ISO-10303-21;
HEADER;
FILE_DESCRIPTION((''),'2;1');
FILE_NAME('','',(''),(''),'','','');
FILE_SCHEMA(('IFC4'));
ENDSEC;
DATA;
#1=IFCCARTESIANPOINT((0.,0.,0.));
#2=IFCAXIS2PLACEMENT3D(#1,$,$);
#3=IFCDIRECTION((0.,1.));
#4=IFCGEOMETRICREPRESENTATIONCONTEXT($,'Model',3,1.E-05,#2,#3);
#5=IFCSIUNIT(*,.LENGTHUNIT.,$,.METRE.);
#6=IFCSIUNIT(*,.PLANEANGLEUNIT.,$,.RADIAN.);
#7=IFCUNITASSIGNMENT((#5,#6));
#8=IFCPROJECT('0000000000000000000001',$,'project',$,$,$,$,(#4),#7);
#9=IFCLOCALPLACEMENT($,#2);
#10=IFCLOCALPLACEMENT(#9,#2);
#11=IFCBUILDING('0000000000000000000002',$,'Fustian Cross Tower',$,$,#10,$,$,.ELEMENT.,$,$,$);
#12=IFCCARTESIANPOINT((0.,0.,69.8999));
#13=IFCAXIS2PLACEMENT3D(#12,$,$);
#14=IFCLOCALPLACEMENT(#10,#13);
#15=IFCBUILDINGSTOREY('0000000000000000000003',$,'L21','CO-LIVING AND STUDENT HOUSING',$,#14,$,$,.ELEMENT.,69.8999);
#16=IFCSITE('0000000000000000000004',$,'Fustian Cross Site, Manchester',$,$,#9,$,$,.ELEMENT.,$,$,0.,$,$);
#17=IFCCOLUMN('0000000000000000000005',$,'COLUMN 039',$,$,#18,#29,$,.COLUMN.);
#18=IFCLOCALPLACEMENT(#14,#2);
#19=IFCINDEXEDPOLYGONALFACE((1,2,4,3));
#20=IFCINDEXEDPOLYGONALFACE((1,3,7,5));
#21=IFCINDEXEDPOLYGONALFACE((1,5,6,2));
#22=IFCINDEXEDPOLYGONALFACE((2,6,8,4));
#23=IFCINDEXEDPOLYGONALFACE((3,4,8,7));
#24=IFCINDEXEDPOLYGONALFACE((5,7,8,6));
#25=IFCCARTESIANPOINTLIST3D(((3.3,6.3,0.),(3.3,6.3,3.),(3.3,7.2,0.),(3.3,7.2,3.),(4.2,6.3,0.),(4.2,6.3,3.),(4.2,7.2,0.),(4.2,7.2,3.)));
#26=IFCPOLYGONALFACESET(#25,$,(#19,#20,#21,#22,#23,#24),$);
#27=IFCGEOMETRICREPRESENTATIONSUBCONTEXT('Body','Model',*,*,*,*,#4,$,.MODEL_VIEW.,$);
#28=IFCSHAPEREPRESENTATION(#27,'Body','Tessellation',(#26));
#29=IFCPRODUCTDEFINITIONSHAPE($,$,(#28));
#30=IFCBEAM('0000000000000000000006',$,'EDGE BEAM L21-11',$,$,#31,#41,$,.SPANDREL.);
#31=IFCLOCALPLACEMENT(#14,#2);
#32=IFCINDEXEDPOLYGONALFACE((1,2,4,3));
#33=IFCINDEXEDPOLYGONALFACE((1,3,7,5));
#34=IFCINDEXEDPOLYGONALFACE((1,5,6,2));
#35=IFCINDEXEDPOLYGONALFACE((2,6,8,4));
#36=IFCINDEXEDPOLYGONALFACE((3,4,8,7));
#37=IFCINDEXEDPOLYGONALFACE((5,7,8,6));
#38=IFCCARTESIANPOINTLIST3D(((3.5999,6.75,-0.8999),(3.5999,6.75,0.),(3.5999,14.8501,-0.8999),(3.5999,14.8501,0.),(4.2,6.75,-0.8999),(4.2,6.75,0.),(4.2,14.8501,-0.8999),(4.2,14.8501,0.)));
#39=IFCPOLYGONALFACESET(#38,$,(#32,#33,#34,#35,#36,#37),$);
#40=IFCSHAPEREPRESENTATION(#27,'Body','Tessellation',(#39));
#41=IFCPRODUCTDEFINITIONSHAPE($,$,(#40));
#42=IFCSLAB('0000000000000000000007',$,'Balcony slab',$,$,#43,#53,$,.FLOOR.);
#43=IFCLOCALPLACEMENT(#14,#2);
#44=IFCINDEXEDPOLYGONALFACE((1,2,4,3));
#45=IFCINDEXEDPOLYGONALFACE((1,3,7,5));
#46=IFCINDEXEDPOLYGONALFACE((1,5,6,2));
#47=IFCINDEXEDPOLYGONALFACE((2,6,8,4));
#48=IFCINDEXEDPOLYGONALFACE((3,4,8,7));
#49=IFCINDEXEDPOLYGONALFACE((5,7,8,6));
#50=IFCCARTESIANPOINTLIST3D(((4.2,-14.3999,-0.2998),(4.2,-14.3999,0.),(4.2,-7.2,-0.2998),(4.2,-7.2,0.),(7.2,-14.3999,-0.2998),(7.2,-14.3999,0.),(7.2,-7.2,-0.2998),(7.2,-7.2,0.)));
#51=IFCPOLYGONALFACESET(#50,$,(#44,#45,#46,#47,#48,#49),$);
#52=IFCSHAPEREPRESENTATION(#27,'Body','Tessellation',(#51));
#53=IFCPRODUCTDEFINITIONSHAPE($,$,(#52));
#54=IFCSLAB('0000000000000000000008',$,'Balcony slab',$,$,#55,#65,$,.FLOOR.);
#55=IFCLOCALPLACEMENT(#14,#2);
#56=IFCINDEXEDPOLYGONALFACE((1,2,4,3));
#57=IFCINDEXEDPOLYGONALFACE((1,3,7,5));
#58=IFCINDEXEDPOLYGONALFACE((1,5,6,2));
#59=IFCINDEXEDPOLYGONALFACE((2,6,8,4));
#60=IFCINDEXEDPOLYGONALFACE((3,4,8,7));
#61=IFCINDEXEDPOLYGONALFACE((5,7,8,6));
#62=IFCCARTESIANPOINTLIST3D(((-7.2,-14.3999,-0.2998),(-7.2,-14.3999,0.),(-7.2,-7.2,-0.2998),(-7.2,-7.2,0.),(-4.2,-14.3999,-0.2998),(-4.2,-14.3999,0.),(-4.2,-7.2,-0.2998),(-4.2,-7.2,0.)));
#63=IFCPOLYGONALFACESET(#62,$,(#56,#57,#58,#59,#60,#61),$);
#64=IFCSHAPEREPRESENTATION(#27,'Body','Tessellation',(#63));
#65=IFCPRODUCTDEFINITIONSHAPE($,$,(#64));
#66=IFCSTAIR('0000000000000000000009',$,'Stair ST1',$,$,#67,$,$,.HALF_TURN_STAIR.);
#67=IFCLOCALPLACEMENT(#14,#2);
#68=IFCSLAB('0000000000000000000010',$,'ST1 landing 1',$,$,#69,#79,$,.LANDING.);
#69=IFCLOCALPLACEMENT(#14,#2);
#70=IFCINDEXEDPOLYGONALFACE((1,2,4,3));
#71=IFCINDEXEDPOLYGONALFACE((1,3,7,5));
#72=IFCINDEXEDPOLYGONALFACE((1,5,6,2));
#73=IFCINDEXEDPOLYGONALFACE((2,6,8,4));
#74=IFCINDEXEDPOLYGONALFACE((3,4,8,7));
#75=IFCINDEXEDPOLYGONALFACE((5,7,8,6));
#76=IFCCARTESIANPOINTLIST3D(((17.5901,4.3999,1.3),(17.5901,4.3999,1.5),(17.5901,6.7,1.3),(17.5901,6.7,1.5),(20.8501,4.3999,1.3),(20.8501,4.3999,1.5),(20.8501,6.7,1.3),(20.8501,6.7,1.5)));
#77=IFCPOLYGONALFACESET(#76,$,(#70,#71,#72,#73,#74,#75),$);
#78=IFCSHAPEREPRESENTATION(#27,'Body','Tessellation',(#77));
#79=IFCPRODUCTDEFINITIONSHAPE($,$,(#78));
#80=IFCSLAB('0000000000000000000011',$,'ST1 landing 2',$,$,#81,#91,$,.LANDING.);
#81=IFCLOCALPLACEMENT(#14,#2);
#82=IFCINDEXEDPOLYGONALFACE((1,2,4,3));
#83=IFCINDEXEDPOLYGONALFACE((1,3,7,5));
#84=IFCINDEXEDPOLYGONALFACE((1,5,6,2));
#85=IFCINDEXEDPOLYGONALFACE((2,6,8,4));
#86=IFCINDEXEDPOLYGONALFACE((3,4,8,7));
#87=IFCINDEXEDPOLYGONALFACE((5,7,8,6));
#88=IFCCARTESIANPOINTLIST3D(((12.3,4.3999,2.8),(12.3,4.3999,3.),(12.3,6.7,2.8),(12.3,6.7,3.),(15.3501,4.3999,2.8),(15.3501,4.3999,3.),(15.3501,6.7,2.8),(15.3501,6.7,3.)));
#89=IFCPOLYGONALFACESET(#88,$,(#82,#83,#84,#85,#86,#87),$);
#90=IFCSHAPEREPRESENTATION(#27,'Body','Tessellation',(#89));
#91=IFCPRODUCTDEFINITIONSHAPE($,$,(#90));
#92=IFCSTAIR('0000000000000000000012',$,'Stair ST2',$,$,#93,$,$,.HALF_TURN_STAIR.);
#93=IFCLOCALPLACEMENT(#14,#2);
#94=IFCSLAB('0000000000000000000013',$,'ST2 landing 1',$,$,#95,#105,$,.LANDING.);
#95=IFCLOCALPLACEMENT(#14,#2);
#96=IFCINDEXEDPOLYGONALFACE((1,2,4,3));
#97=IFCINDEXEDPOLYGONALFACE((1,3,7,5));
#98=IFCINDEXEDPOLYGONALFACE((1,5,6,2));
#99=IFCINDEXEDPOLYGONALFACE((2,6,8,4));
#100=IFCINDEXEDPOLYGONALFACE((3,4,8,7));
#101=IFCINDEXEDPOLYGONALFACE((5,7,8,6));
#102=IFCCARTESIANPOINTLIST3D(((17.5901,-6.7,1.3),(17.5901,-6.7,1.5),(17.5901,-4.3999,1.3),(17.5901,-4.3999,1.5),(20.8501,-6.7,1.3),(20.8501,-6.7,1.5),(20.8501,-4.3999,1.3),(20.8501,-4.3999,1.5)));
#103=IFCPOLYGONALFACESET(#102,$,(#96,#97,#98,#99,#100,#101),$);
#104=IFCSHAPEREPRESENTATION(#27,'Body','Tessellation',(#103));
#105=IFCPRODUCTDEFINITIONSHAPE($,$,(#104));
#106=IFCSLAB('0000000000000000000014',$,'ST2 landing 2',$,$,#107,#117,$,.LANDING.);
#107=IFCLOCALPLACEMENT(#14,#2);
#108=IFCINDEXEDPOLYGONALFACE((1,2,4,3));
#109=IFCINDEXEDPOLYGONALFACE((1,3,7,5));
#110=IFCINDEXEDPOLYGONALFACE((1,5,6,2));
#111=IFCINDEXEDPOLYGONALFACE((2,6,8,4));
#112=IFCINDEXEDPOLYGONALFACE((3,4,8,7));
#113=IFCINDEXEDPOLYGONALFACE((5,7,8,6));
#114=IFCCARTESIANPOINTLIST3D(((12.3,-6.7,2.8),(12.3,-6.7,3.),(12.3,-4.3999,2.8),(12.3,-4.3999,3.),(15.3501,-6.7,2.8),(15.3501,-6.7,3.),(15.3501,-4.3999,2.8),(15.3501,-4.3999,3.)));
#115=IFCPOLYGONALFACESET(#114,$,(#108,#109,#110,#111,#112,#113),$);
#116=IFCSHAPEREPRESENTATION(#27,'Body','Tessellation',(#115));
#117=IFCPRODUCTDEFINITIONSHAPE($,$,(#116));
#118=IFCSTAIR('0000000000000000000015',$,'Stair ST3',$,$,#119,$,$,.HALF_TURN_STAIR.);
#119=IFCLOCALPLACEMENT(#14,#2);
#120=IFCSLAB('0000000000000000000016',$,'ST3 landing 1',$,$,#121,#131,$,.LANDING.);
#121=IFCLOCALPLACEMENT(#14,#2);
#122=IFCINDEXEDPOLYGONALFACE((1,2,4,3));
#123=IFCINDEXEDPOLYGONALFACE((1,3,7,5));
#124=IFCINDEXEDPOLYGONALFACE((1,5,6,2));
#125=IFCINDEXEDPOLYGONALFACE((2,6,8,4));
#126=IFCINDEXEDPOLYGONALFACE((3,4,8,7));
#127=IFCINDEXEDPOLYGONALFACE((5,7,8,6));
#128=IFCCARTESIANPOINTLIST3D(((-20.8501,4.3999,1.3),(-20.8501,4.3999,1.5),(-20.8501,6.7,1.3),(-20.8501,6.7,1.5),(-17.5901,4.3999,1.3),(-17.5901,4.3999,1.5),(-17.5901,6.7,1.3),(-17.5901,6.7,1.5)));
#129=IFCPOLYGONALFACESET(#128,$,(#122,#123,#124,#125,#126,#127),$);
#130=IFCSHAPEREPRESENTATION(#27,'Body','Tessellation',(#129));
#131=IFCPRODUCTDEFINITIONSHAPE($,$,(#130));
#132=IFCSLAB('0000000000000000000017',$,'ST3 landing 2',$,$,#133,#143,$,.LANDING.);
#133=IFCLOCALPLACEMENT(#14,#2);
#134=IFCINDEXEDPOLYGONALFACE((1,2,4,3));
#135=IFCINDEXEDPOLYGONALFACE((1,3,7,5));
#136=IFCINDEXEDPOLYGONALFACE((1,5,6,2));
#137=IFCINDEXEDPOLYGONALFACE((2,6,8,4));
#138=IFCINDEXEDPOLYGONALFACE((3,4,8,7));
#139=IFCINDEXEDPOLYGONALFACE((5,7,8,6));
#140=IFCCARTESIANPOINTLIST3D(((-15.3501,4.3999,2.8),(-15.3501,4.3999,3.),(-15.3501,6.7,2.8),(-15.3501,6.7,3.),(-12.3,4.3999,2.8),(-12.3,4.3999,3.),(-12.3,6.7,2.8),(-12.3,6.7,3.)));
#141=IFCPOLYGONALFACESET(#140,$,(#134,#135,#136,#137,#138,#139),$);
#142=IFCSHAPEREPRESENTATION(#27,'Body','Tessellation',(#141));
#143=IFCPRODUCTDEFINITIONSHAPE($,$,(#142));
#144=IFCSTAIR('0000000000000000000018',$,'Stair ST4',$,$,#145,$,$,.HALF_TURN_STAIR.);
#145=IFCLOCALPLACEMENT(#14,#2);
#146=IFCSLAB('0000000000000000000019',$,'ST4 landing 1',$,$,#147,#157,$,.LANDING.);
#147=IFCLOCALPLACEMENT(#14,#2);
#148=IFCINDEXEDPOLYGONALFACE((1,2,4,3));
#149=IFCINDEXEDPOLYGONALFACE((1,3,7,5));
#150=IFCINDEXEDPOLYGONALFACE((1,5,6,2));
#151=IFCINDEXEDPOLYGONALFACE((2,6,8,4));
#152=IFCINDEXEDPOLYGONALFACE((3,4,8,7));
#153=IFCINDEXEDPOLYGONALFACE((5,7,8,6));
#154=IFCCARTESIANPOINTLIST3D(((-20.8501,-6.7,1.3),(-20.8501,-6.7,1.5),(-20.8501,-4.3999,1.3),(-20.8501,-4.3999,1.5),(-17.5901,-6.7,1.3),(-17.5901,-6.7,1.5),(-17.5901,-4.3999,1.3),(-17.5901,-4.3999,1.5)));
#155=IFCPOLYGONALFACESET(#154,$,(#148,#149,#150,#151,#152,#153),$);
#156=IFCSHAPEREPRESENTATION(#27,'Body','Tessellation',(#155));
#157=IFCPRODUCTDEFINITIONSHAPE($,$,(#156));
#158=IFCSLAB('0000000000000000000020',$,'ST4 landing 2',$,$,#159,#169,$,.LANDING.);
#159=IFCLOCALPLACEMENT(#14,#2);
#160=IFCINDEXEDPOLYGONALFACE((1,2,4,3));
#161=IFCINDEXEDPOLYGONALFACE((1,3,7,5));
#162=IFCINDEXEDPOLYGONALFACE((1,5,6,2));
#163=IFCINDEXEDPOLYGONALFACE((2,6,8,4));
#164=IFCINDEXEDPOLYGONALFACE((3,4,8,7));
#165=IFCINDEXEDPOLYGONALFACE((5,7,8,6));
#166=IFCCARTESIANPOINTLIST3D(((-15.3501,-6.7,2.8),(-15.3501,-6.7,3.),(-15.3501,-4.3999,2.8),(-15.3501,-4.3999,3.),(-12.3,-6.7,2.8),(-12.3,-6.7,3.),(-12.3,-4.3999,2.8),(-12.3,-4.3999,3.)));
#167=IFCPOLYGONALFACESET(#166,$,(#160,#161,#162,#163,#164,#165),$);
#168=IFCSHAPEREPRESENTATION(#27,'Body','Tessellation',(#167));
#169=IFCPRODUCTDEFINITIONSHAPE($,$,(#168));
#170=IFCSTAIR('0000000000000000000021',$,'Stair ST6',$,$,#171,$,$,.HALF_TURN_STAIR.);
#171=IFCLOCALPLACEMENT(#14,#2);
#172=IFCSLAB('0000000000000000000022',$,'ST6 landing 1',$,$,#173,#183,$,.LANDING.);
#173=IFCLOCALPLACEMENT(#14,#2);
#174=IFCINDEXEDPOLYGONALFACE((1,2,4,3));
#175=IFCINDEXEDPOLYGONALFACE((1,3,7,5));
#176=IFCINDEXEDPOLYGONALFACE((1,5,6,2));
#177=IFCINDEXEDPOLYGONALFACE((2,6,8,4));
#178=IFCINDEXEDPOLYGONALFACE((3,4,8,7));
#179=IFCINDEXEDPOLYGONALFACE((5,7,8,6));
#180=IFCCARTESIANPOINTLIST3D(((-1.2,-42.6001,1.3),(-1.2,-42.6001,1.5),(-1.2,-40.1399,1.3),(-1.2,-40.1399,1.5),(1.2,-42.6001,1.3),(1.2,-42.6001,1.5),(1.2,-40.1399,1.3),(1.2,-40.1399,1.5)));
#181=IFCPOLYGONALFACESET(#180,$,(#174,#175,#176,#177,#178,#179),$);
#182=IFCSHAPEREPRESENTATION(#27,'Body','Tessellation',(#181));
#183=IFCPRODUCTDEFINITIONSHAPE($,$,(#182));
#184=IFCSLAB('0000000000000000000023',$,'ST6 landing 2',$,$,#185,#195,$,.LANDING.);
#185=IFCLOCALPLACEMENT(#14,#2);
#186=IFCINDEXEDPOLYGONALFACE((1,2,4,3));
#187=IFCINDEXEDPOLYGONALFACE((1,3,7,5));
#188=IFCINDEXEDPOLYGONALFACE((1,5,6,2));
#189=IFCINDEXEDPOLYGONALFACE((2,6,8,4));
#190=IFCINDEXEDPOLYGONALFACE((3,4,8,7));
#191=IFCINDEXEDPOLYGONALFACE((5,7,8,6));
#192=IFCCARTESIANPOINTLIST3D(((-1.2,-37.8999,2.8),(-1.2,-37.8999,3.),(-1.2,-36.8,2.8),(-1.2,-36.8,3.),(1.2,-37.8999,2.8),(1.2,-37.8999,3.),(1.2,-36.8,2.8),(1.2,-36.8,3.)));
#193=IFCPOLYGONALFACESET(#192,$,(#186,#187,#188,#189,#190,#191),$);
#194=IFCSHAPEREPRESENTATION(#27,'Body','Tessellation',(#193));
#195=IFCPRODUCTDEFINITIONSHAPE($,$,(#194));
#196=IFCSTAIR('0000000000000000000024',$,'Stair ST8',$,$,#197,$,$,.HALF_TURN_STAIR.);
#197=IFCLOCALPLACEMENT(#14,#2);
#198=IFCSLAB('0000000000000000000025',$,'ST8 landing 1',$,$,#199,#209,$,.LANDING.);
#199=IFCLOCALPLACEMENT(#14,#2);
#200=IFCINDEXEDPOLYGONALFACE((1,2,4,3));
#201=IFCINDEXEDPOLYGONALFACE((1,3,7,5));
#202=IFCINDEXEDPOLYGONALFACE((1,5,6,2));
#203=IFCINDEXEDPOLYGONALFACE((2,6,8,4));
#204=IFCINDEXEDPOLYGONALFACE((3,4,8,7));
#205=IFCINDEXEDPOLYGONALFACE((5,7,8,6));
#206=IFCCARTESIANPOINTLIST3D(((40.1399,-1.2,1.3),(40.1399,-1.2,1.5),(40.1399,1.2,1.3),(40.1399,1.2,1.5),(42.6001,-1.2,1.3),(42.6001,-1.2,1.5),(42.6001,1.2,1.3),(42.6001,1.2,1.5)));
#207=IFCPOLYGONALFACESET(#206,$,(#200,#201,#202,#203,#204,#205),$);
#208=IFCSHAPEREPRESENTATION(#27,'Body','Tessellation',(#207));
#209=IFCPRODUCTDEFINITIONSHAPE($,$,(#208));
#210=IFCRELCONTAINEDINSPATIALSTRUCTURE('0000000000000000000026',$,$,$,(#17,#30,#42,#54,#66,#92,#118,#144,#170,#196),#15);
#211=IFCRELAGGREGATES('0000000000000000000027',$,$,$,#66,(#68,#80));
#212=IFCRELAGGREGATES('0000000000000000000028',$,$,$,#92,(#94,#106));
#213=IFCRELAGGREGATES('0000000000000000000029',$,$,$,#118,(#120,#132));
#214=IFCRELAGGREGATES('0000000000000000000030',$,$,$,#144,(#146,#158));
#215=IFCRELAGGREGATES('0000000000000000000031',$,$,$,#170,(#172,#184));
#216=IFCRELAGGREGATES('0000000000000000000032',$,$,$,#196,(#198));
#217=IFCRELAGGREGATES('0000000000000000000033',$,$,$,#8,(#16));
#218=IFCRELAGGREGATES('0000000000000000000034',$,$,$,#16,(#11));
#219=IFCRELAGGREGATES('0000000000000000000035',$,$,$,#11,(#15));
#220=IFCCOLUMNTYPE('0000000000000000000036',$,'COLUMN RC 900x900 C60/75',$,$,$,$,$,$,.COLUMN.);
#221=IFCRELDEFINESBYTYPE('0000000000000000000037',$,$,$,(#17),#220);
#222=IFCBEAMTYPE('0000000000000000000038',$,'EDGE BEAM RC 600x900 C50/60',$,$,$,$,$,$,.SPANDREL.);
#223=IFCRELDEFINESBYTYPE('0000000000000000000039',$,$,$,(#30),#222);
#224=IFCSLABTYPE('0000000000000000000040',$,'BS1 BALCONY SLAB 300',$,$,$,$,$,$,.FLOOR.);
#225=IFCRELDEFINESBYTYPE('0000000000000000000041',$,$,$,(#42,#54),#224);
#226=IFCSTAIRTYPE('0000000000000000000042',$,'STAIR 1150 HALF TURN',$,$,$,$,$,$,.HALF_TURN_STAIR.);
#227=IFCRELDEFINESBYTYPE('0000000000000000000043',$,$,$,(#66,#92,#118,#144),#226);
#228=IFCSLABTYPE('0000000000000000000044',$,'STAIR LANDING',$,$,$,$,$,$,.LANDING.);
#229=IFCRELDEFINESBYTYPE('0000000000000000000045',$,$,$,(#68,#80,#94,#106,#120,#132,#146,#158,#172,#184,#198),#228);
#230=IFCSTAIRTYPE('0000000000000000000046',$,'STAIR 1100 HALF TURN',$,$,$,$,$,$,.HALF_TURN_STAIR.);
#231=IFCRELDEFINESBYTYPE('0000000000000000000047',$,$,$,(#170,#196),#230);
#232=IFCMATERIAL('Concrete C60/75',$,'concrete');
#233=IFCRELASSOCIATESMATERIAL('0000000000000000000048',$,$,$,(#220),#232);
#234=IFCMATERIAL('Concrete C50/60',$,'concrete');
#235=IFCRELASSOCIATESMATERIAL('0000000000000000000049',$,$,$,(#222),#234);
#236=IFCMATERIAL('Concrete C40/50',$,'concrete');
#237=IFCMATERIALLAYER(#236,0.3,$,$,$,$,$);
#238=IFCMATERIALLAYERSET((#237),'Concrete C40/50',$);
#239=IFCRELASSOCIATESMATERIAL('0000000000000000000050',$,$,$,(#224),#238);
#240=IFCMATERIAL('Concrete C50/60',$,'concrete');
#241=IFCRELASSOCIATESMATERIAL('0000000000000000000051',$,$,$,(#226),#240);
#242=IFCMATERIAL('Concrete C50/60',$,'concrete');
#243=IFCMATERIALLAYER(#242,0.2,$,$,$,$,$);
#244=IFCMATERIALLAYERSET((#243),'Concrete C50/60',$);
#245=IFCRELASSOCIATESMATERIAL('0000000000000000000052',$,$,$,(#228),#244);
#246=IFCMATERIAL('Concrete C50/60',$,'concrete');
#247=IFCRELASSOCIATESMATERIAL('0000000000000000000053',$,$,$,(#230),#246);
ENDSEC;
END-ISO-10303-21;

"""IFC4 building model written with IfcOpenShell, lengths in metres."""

from ifc_helpers import new_model, si_unit, direction, frame, origin, origin_2d, place, context, subcontext, project, spatial, polyline, rectangle, outline, extrude, material, layer, layer_set, material_profile, profile_set, type_object, element, aggregate, save


model = new_model("IFC4")

# Units and contexts
model_context = context("Model", 3, precision=1e-05, world=origin(), true_north=direction((0.0, 1.0)))
body_context = subcontext(model_context, "Body", "Model", "MODEL_VIEW")
ifc_project = project(units=[si_unit("LENGTHUNIT", "METRE"), si_unit("PLANEANGLEUNIT", "RADIAN")], contexts=[model_context])

# Site, building, storey
site_placement = place(None, origin())
site = spatial("IfcSite", under=ifc_project, at=site_placement, Name="Fustian Cross Site, Manchester", CompositionType="ELEMENT", RefElevation=0.0)
building_placement = place(site_placement, origin())
building = spatial("IfcBuilding", under=site, at=building_placement, Name="Fustian Cross Tower", CompositionType="ELEMENT")
storey_placement = place(building_placement, frame((0.0, 0.0, 69.8999)))
storey = spatial("IfcBuildingStorey", under=building, at=storey_placement, Name="L21", Description="CO-LIVING AND STUDENT HOUSING", CompositionType="ELEMENT", Elevation=69.8999)

# Column
ifc_material_1 = material(Name="Concrete C60/75", Category="concrete")
ifc_material_profile_1 = material_profile(ifc_material_1, rectangle(XDim=0.8999, YDim=0.8999, at=origin_2d()), Name="RC 900x900")
ifc_profile_set_1 = profile_set([ifc_material_profile_1], Name="Concrete C60/75")
column_type = type_object("IfcColumnType", Name="COLUMN RC 900x900 C60/75", PredefinedType="COLUMN", material=ifc_profile_set_1)
column_placement = place(storey_placement, frame((3.75, 6.75, 0.0), z_axis=(0.0, 0.0, 1.0), x_axis=(1.0, 0.0, 0.0)))
element("IfcColumn", 1, at=column_placement, inside=storey, type_object=column_type, Name="COLUMN 039", PredefinedType="COLUMN", context=body_context, shape_type="SweptSolid", body=[
    extrude(rectangle(XDim=0.8999, YDim=0.8999, at=origin_2d()), origin(), (0.0, 0.0, 1.0), 3.0),
])

# Beam
ifc_material_2 = material(Name="Concrete C50/60", Category="concrete")
ifc_material_profile_2 = material_profile(ifc_material_2, rectangle(XDim=0.6001, YDim=0.8999, at=origin_2d()), Name="RC 600x900")
ifc_profile_set_2 = profile_set([ifc_material_profile_2], Name="Concrete C50/60")
beam_type = type_object("IfcBeamType", Name="EDGE BEAM RC 600x900 C50/60", PredefinedType="SPANDREL", material=ifc_profile_set_2)
beam_placement = place(storey_placement, frame((3.8999, 6.75, -0.45), z_axis=(0.0, 1.0, 0.0), x_axis=(-1.0, 0.0, 0.0)))
element("IfcBeam", 2, at=beam_placement, inside=storey, type_object=beam_type, Name="EDGE BEAM L21-11", PredefinedType="SPANDREL", context=body_context, shape_type="SweptSolid", body=[
    extrude(rectangle(XDim=0.6001, YDim=0.8999, at=origin_2d()), origin(), (0.0, 0.0, 1.0), 8.1001),
])

# Slabs
ifc_material_3 = material(Name="Concrete C40/50", Category="concrete")
ifc_layer_1 = layer(ifc_material_3, 0.3)
ifc_layer_set_1 = layer_set([ifc_layer_1], Name="Concrete C40/50")
slab_type_1 = type_object("IfcSlabType", Name="BS1 BALCONY SLAB 300", PredefinedType="FLOOR", material=ifc_layer_set_1)
slab_1_placement = place(storey_placement, frame((0.0, 0.0, -0.2998)))
element("IfcSlab", 3, at=slab_1_placement, inside=storey, type_object=slab_type_1, Name="Balcony slab", PredefinedType="FLOOR", context=body_context, shape_type="SweptSolid", body=[
    extrude(outline(polyline([(4.2, -14.3999), (7.2, -14.3999), (7.2, -7.2), (4.2, -7.2), (4.2, -14.3999)])), origin(), (0.0, 0.0, 1.0), 0.2998),
])
slab_2_placement = place(storey_placement, frame((0.0, 0.0, -0.2998)))
element("IfcSlab", 4, at=slab_2_placement, inside=storey, type_object=slab_type_1, Name="Balcony slab", PredefinedType="FLOOR", context=body_context, shape_type="SweptSolid", body=[
    extrude(outline(polyline([(-7.2, -14.3999), (-4.2, -14.3999), (-4.2, -7.2), (-7.2, -7.2), (-7.2, -14.3999)])), origin(), (0.0, 0.0, 1.0), 0.2998),
])

# Stairs, slabs
ifc_material_4 = material(Name="Concrete C50/60", Category="concrete")
stair_type_1 = type_object("IfcStairType", Name="STAIR 1150 HALF TURN", PredefinedType="HALF_TURN_STAIR", material=ifc_material_4)
stair_1_placement = place(storey_placement, origin())
stair_1 = element("IfcStair", 5, at=stair_1_placement, inside=storey, type_object=stair_type_1, Name="Stair ST1", PredefinedType="HALF_TURN_STAIR")
ifc_material_5 = material(Name="Concrete C50/60", Category="concrete")
ifc_layer_2 = layer(ifc_material_5, 0.2)
ifc_layer_set_2 = layer_set([ifc_layer_2], Name="Concrete C50/60")
slab_type_2 = type_object("IfcSlabType", Name="STAIR LANDING", PredefinedType="LANDING", material=ifc_layer_set_2)
slab_3_placement = place(storey_placement, frame((0.0, 0.0, 1.3)))
slab_3 = element("IfcSlab", 6, at=slab_3_placement, type_object=slab_type_2, Name="ST1 landing 1", PredefinedType="LANDING", context=body_context, shape_type="SweptSolid", body=[
    extrude(outline(polyline([(17.5901, 4.3999), (20.8501, 4.3999), (20.8501, 6.7), (17.5901, 6.7), (17.5901, 4.3999)])), origin(), (0.0, 0.0, 1.0), 0.2),
])
slab_4_placement = place(storey_placement, frame((0.0, 0.0, 2.8)))
slab_4 = element("IfcSlab", 7, at=slab_4_placement, type_object=slab_type_2, Name="ST1 landing 2", PredefinedType="LANDING", context=body_context, shape_type="SweptSolid", body=[
    extrude(outline(polyline([(12.3, 4.3999), (15.3501, 4.3999), (15.3501, 6.7), (12.3, 6.7), (12.3, 4.3999)])), origin(), (0.0, 0.0, 1.0), 0.2),
])
aggregate(stair_1, [slab_3, slab_4])
stair_2_placement = place(storey_placement, origin())
stair_2 = element("IfcStair", 8, at=stair_2_placement, inside=storey, type_object=stair_type_1, Name="Stair ST2", PredefinedType="HALF_TURN_STAIR")
slab_5_placement = place(storey_placement, frame((0.0, 0.0, 1.3)))
slab_5 = element("IfcSlab", 9, at=slab_5_placement, type_object=slab_type_2, Name="ST2 landing 1", PredefinedType="LANDING", context=body_context, shape_type="SweptSolid", body=[
    extrude(outline(polyline([(17.5901, -4.3999), (20.8501, -4.3999), (20.8501, -6.7), (17.5901, -6.7), (17.5901, -4.3999)])), origin(), (0.0, 0.0, 1.0), 0.2),
])
slab_6_placement = place(storey_placement, frame((0.0, 0.0, 2.8)))
slab_6 = element("IfcSlab", 10, at=slab_6_placement, type_object=slab_type_2, Name="ST2 landing 2", PredefinedType="LANDING", context=body_context, shape_type="SweptSolid", body=[
    extrude(outline(polyline([(12.3, -4.3999), (15.3501, -4.3999), (15.3501, -6.7), (12.3, -6.7), (12.3, -4.3999)])), origin(), (0.0, 0.0, 1.0), 0.2),
])
aggregate(stair_2, [slab_5, slab_6])
stair_3_placement = place(storey_placement, origin())
stair_3 = element("IfcStair", 11, at=stair_3_placement, inside=storey, type_object=stair_type_1, Name="Stair ST3", PredefinedType="HALF_TURN_STAIR")
slab_7_placement = place(storey_placement, frame((0.0, 0.0, 1.3)))
slab_7 = element("IfcSlab", 12, at=slab_7_placement, type_object=slab_type_2, Name="ST3 landing 1", PredefinedType="LANDING", context=body_context, shape_type="SweptSolid", body=[
    extrude(outline(polyline([(-17.5901, 4.3999), (-20.8501, 4.3999), (-20.8501, 6.7), (-17.5901, 6.7), (-17.5901, 4.3999)])), origin(), (0.0, 0.0, 1.0), 0.2),
])
slab_8_placement = place(storey_placement, frame((0.0, 0.0, 2.8)))
slab_8 = element("IfcSlab", 13, at=slab_8_placement, type_object=slab_type_2, Name="ST3 landing 2", PredefinedType="LANDING", context=body_context, shape_type="SweptSolid", body=[
    extrude(outline(polyline([(-12.3, 4.3999), (-15.3501, 4.3999), (-15.3501, 6.7), (-12.3, 6.7), (-12.3, 4.3999)])), origin(), (0.0, 0.0, 1.0), 0.2),
])
aggregate(stair_3, [slab_7, slab_8])
stair_4_placement = place(storey_placement, origin())
stair_4 = element("IfcStair", 14, at=stair_4_placement, inside=storey, type_object=stair_type_1, Name="Stair ST4", PredefinedType="HALF_TURN_STAIR")
slab_9_placement = place(storey_placement, frame((0.0, 0.0, 1.3)))
slab_9 = element("IfcSlab", 15, at=slab_9_placement, type_object=slab_type_2, Name="ST4 landing 1", PredefinedType="LANDING", context=body_context, shape_type="SweptSolid", body=[
    extrude(outline(polyline([(-17.5901, -4.3999), (-20.8501, -4.3999), (-20.8501, -6.7), (-17.5901, -6.7), (-17.5901, -4.3999)])), origin(), (0.0, 0.0, 1.0), 0.2),
])
slab_10_placement = place(storey_placement, frame((0.0, 0.0, 2.8)))
slab_10 = element("IfcSlab", 16, at=slab_10_placement, type_object=slab_type_2, Name="ST4 landing 2", PredefinedType="LANDING", context=body_context, shape_type="SweptSolid", body=[
    extrude(outline(polyline([(-12.3, -4.3999), (-15.3501, -4.3999), (-15.3501, -6.7), (-12.3, -6.7), (-12.3, -4.3999)])), origin(), (0.0, 0.0, 1.0), 0.2),
])
aggregate(stair_4, [slab_9, slab_10])
ifc_material_6 = material(Name="Concrete C50/60", Category="concrete")
stair_type_2 = type_object("IfcStairType", Name="STAIR 1100 HALF TURN", PredefinedType="HALF_TURN_STAIR", material=ifc_material_6)
stair_5_placement = place(storey_placement, origin())
stair_5 = element("IfcStair", 17, at=stair_5_placement, inside=storey, type_object=stair_type_2, Name="Stair ST6", PredefinedType="HALF_TURN_STAIR")
slab_11_placement = place(storey_placement, frame((0.0, 0.0, 1.3)))
slab_11 = element("IfcSlab", 18, at=slab_11_placement, type_object=slab_type_2, Name="ST6 landing 1", PredefinedType="LANDING", context=body_context, shape_type="SweptSolid", body=[
    extrude(outline(polyline([(-1.2, -40.1399), (-1.2, -42.6001), (1.2, -42.6001), (1.2, -40.1399), (-1.2, -40.1399)])), origin(), (0.0, 0.0, 1.0), 0.2),
])
slab_12_placement = place(storey_placement, frame((0.0, 0.0, 2.8)))
slab_12 = element("IfcSlab", 19, at=slab_12_placement, type_object=slab_type_2, Name="ST6 landing 2", PredefinedType="LANDING", context=body_context, shape_type="SweptSolid", body=[
    extrude(outline(polyline([(-1.2, -36.8), (-1.2, -37.8999), (1.2, -37.8999), (1.2, -36.8), (-1.2, -36.8)])), origin(), (0.0, 0.0, 1.0), 0.2),
])
aggregate(stair_5, [slab_11, slab_12])
stair_6_placement = place(storey_placement, origin())
stair_6 = element("IfcStair", 20, at=stair_6_placement, inside=storey, type_object=stair_type_2, Name="Stair ST8", PredefinedType="HALF_TURN_STAIR")
slab_13_placement = place(storey_placement, frame((0.0, 0.0, 1.3)))
slab_13 = element("IfcSlab", 21, at=slab_13_placement, type_object=slab_type_2, Name="ST8 landing 1", PredefinedType="LANDING", context=body_context, shape_type="SweptSolid", body=[
    extrude(outline(polyline([(40.1399, -1.2), (42.6001, -1.2), (42.6001, 1.2), (40.1399, 1.2), (40.1399, -1.2)])), origin(), (0.0, 0.0, 1.0), 0.2),
])
aggregate(stair_6, [slab_13])

save(model, "model.ifc")
